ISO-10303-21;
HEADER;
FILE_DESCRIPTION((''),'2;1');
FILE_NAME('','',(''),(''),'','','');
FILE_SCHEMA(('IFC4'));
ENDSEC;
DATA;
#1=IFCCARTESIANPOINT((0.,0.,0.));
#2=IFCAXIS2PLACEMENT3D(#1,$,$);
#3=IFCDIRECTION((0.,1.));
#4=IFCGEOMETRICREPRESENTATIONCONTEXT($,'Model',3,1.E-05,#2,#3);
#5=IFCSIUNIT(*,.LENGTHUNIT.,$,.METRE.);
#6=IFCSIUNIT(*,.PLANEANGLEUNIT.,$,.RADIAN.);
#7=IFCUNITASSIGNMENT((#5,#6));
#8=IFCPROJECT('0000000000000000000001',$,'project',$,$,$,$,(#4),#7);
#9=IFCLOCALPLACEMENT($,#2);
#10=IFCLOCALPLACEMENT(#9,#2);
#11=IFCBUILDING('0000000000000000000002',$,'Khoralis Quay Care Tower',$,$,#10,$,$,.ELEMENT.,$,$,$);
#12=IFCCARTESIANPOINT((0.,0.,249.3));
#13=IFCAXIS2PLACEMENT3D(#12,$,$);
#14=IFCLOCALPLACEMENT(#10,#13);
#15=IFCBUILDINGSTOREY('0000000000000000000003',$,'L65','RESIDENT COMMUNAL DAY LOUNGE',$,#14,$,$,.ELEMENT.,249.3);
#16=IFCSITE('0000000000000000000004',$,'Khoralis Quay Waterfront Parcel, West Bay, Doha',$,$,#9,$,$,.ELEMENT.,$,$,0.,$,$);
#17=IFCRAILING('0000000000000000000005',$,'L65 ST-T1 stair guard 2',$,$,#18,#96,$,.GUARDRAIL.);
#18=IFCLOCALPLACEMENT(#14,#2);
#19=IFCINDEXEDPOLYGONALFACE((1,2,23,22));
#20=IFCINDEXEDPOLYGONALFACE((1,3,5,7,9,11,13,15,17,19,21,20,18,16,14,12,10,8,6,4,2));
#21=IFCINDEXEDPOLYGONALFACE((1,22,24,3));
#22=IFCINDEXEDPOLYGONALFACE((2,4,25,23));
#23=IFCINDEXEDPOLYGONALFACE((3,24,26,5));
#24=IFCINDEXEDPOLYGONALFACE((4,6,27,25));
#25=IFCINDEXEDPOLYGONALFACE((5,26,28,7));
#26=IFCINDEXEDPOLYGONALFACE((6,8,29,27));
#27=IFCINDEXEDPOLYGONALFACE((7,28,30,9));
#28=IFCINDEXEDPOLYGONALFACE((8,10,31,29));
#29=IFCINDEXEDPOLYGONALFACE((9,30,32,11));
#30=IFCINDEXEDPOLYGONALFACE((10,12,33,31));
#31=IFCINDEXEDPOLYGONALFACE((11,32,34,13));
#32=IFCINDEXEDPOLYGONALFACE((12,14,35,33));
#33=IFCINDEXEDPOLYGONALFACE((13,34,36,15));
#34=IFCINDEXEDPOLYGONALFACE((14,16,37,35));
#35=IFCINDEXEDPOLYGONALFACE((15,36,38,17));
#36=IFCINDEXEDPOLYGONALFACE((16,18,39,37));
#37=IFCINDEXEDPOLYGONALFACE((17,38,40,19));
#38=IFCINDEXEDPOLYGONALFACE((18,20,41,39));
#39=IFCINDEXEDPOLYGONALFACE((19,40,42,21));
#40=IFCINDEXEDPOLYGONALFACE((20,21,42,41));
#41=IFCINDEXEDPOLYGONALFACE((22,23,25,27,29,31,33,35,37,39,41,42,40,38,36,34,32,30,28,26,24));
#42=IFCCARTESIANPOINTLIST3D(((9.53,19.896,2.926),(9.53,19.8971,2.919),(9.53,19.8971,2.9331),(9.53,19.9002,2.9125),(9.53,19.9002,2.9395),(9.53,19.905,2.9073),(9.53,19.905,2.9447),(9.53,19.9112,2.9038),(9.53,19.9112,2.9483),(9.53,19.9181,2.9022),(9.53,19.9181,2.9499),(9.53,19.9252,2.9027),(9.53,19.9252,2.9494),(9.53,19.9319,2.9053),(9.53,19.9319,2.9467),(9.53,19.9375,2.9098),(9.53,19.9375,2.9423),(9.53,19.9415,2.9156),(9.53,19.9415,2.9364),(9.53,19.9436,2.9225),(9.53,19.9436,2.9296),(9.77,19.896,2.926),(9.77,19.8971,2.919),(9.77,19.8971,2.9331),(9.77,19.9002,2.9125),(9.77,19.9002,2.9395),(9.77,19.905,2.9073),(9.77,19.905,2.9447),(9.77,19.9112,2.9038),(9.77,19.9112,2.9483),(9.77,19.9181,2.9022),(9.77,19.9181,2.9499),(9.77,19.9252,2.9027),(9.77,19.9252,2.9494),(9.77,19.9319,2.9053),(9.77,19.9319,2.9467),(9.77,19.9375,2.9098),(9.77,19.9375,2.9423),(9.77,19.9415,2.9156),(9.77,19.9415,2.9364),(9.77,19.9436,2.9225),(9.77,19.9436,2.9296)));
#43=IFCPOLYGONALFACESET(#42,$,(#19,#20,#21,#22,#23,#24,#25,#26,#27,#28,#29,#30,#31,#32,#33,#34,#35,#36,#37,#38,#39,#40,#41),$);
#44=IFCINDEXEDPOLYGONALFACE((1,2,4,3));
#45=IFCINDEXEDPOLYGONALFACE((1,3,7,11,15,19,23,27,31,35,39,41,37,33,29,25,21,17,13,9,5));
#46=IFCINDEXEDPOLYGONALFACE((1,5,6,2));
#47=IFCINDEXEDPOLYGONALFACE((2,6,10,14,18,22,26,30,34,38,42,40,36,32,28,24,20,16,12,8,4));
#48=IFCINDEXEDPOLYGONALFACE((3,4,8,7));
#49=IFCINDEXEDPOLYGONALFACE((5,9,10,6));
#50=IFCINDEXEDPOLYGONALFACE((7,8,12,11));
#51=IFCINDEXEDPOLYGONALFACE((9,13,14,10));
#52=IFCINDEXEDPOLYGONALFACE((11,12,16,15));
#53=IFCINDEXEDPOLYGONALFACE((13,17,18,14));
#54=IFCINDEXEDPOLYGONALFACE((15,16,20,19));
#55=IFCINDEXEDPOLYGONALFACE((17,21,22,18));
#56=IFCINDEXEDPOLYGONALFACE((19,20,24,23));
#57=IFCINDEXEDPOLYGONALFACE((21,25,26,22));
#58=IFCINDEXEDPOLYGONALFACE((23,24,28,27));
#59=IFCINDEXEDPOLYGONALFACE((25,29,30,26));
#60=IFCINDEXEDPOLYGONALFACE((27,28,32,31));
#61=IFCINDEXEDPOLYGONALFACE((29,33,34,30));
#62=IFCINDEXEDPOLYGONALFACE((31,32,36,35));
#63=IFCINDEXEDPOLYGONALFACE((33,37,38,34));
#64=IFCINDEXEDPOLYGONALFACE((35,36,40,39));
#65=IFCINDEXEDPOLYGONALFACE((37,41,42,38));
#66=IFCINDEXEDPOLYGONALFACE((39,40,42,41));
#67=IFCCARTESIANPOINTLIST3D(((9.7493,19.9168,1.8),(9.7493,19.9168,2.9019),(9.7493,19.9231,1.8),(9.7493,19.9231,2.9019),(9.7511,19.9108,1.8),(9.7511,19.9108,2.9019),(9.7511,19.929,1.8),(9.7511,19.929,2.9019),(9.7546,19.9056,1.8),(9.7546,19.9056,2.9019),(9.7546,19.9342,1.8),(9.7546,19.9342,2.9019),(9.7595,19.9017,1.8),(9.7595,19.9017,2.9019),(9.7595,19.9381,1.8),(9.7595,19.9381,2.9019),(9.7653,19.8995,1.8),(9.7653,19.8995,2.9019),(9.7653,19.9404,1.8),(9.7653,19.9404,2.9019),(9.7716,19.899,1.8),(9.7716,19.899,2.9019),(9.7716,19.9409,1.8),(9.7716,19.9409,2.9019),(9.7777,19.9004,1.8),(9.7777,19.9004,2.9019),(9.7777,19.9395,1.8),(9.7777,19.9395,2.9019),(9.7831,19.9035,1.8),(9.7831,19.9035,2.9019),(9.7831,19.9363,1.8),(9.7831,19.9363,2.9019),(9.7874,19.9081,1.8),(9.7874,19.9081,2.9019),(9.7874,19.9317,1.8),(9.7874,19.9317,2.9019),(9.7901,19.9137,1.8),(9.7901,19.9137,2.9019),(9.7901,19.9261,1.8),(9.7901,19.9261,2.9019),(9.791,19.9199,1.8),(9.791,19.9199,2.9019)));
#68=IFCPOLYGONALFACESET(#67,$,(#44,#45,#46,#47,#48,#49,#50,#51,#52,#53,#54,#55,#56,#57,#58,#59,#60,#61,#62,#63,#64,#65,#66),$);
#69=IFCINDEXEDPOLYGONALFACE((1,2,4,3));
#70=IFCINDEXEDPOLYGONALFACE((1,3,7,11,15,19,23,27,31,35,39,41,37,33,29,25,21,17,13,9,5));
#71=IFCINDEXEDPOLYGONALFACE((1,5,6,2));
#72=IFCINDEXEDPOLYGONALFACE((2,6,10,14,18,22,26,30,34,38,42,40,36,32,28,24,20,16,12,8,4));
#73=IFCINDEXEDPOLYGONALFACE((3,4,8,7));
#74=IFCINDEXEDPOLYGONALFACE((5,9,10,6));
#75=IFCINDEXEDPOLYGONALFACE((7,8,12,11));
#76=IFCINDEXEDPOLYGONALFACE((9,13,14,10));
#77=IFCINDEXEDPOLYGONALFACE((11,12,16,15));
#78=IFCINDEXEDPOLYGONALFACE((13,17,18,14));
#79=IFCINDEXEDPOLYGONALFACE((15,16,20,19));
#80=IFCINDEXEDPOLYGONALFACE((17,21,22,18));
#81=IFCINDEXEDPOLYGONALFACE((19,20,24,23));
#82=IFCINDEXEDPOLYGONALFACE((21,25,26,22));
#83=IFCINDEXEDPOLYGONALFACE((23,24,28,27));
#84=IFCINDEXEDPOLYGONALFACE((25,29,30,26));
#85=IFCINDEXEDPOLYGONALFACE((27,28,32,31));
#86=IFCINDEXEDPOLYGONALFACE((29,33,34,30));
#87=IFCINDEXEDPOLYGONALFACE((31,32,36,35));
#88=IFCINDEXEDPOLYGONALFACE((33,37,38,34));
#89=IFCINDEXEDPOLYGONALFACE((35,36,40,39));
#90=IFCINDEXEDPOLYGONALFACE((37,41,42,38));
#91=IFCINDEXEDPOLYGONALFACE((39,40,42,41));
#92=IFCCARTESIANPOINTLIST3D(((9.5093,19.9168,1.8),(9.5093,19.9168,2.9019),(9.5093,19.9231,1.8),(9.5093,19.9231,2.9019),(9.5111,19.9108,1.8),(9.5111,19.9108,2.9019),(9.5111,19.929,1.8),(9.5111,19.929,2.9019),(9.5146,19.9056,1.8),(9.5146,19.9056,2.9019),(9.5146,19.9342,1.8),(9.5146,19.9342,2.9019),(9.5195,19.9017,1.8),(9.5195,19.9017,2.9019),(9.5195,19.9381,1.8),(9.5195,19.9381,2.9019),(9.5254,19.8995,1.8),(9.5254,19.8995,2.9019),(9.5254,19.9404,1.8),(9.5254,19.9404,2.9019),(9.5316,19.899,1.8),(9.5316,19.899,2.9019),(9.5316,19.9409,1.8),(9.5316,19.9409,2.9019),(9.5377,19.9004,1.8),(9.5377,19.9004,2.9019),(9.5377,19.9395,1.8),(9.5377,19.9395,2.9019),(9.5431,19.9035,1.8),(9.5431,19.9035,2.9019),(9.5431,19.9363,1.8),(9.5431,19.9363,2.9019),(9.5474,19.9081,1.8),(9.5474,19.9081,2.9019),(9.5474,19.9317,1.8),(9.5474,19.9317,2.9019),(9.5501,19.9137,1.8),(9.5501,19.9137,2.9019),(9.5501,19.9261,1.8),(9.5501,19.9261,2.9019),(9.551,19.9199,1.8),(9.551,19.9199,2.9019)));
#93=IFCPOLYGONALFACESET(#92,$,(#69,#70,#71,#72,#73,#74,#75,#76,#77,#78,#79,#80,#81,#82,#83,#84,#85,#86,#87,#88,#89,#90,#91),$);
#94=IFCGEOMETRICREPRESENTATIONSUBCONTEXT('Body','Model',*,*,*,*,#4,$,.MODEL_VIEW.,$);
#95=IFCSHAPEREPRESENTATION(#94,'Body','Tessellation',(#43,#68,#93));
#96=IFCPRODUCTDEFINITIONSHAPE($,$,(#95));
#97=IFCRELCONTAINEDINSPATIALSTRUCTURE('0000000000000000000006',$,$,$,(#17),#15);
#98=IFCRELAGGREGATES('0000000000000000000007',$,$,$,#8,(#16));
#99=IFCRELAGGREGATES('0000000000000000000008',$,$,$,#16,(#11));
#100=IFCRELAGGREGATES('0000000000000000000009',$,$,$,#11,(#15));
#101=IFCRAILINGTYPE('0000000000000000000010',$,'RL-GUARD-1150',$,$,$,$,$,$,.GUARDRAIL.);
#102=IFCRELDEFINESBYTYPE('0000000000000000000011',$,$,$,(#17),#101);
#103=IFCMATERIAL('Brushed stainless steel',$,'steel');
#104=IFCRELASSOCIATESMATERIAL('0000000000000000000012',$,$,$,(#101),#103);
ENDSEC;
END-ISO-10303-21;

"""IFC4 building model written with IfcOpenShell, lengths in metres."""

from ifc_helpers import new_model, si_unit, direction, frame, origin, origin_2d, place, context, subcontext, project, spatial, circle, extrude, material, type_object, element, save


model = new_model("IFC4")

# Units and contexts
model_context = context("Model", 3, precision=1e-05, world=origin(), true_north=direction((0.0, 1.0)))
body_context = subcontext(model_context, "Body", "Model", "MODEL_VIEW")
ifc_project = project(units=[si_unit("LENGTHUNIT", "METRE"), si_unit("PLANEANGLEUNIT", "RADIAN")], contexts=[model_context])

# Site, building, storey
site_placement = place(None, origin())
site = spatial("IfcSite", under=ifc_project, at=site_placement, Name="Khoralis Quay Waterfront Parcel, West Bay, Doha", CompositionType="ELEMENT", RefElevation=0.0)
building_placement = place(site_placement, origin())
building = spatial("IfcBuilding", under=site, at=building_placement, Name="Khoralis Quay Care Tower", CompositionType="ELEMENT")
storey_placement = place(building_placement, frame((0.0, 0.0, 249.3)))
storey = spatial("IfcBuildingStorey", under=building, at=storey_placement, Name="L65", Description="RESIDENT COMMUNAL DAY LOUNGE", CompositionType="ELEMENT", Elevation=249.3)

# Railing
ifc_material_1 = material(Name="Brushed stainless steel", Category="steel")
railing_type_1 = type_object("IfcRailingType", Name="RL-GUARD-1150", PredefinedType="GUARDRAIL", material=ifc_material_1)
railing_1_placement = place(storey_placement, frame((9.77, 19.9199, 1.8)))
element("IfcRailing", 1, at=railing_1_placement, inside=storey, type_object=railing_type_1, Name="L65 ST-T1 stair guard 2", PredefinedType="GUARDRAIL", context=body_context, shape_type="SweptSolid", body=[
    extrude(circle(Radius=0.0239, at=origin_2d()), frame((0.0, 0.0, 1.126), z_axis=(-1.0, 0.0, 0.0), x_axis=(0.0, -1.0, 0.0)), (0.0, 0.0, 1.0), 0.24),
    extrude(circle(Radius=0.021, at=origin_2d()), origin(), (0.0, 0.0, 1.0), 1.1018),
    extrude(circle(Radius=0.021, at=origin_2d()), frame((-0.24, 0.0, 0.0)), (0.0, 0.0, 1.0), 1.1018),
])

save(model, "model.ifc")
